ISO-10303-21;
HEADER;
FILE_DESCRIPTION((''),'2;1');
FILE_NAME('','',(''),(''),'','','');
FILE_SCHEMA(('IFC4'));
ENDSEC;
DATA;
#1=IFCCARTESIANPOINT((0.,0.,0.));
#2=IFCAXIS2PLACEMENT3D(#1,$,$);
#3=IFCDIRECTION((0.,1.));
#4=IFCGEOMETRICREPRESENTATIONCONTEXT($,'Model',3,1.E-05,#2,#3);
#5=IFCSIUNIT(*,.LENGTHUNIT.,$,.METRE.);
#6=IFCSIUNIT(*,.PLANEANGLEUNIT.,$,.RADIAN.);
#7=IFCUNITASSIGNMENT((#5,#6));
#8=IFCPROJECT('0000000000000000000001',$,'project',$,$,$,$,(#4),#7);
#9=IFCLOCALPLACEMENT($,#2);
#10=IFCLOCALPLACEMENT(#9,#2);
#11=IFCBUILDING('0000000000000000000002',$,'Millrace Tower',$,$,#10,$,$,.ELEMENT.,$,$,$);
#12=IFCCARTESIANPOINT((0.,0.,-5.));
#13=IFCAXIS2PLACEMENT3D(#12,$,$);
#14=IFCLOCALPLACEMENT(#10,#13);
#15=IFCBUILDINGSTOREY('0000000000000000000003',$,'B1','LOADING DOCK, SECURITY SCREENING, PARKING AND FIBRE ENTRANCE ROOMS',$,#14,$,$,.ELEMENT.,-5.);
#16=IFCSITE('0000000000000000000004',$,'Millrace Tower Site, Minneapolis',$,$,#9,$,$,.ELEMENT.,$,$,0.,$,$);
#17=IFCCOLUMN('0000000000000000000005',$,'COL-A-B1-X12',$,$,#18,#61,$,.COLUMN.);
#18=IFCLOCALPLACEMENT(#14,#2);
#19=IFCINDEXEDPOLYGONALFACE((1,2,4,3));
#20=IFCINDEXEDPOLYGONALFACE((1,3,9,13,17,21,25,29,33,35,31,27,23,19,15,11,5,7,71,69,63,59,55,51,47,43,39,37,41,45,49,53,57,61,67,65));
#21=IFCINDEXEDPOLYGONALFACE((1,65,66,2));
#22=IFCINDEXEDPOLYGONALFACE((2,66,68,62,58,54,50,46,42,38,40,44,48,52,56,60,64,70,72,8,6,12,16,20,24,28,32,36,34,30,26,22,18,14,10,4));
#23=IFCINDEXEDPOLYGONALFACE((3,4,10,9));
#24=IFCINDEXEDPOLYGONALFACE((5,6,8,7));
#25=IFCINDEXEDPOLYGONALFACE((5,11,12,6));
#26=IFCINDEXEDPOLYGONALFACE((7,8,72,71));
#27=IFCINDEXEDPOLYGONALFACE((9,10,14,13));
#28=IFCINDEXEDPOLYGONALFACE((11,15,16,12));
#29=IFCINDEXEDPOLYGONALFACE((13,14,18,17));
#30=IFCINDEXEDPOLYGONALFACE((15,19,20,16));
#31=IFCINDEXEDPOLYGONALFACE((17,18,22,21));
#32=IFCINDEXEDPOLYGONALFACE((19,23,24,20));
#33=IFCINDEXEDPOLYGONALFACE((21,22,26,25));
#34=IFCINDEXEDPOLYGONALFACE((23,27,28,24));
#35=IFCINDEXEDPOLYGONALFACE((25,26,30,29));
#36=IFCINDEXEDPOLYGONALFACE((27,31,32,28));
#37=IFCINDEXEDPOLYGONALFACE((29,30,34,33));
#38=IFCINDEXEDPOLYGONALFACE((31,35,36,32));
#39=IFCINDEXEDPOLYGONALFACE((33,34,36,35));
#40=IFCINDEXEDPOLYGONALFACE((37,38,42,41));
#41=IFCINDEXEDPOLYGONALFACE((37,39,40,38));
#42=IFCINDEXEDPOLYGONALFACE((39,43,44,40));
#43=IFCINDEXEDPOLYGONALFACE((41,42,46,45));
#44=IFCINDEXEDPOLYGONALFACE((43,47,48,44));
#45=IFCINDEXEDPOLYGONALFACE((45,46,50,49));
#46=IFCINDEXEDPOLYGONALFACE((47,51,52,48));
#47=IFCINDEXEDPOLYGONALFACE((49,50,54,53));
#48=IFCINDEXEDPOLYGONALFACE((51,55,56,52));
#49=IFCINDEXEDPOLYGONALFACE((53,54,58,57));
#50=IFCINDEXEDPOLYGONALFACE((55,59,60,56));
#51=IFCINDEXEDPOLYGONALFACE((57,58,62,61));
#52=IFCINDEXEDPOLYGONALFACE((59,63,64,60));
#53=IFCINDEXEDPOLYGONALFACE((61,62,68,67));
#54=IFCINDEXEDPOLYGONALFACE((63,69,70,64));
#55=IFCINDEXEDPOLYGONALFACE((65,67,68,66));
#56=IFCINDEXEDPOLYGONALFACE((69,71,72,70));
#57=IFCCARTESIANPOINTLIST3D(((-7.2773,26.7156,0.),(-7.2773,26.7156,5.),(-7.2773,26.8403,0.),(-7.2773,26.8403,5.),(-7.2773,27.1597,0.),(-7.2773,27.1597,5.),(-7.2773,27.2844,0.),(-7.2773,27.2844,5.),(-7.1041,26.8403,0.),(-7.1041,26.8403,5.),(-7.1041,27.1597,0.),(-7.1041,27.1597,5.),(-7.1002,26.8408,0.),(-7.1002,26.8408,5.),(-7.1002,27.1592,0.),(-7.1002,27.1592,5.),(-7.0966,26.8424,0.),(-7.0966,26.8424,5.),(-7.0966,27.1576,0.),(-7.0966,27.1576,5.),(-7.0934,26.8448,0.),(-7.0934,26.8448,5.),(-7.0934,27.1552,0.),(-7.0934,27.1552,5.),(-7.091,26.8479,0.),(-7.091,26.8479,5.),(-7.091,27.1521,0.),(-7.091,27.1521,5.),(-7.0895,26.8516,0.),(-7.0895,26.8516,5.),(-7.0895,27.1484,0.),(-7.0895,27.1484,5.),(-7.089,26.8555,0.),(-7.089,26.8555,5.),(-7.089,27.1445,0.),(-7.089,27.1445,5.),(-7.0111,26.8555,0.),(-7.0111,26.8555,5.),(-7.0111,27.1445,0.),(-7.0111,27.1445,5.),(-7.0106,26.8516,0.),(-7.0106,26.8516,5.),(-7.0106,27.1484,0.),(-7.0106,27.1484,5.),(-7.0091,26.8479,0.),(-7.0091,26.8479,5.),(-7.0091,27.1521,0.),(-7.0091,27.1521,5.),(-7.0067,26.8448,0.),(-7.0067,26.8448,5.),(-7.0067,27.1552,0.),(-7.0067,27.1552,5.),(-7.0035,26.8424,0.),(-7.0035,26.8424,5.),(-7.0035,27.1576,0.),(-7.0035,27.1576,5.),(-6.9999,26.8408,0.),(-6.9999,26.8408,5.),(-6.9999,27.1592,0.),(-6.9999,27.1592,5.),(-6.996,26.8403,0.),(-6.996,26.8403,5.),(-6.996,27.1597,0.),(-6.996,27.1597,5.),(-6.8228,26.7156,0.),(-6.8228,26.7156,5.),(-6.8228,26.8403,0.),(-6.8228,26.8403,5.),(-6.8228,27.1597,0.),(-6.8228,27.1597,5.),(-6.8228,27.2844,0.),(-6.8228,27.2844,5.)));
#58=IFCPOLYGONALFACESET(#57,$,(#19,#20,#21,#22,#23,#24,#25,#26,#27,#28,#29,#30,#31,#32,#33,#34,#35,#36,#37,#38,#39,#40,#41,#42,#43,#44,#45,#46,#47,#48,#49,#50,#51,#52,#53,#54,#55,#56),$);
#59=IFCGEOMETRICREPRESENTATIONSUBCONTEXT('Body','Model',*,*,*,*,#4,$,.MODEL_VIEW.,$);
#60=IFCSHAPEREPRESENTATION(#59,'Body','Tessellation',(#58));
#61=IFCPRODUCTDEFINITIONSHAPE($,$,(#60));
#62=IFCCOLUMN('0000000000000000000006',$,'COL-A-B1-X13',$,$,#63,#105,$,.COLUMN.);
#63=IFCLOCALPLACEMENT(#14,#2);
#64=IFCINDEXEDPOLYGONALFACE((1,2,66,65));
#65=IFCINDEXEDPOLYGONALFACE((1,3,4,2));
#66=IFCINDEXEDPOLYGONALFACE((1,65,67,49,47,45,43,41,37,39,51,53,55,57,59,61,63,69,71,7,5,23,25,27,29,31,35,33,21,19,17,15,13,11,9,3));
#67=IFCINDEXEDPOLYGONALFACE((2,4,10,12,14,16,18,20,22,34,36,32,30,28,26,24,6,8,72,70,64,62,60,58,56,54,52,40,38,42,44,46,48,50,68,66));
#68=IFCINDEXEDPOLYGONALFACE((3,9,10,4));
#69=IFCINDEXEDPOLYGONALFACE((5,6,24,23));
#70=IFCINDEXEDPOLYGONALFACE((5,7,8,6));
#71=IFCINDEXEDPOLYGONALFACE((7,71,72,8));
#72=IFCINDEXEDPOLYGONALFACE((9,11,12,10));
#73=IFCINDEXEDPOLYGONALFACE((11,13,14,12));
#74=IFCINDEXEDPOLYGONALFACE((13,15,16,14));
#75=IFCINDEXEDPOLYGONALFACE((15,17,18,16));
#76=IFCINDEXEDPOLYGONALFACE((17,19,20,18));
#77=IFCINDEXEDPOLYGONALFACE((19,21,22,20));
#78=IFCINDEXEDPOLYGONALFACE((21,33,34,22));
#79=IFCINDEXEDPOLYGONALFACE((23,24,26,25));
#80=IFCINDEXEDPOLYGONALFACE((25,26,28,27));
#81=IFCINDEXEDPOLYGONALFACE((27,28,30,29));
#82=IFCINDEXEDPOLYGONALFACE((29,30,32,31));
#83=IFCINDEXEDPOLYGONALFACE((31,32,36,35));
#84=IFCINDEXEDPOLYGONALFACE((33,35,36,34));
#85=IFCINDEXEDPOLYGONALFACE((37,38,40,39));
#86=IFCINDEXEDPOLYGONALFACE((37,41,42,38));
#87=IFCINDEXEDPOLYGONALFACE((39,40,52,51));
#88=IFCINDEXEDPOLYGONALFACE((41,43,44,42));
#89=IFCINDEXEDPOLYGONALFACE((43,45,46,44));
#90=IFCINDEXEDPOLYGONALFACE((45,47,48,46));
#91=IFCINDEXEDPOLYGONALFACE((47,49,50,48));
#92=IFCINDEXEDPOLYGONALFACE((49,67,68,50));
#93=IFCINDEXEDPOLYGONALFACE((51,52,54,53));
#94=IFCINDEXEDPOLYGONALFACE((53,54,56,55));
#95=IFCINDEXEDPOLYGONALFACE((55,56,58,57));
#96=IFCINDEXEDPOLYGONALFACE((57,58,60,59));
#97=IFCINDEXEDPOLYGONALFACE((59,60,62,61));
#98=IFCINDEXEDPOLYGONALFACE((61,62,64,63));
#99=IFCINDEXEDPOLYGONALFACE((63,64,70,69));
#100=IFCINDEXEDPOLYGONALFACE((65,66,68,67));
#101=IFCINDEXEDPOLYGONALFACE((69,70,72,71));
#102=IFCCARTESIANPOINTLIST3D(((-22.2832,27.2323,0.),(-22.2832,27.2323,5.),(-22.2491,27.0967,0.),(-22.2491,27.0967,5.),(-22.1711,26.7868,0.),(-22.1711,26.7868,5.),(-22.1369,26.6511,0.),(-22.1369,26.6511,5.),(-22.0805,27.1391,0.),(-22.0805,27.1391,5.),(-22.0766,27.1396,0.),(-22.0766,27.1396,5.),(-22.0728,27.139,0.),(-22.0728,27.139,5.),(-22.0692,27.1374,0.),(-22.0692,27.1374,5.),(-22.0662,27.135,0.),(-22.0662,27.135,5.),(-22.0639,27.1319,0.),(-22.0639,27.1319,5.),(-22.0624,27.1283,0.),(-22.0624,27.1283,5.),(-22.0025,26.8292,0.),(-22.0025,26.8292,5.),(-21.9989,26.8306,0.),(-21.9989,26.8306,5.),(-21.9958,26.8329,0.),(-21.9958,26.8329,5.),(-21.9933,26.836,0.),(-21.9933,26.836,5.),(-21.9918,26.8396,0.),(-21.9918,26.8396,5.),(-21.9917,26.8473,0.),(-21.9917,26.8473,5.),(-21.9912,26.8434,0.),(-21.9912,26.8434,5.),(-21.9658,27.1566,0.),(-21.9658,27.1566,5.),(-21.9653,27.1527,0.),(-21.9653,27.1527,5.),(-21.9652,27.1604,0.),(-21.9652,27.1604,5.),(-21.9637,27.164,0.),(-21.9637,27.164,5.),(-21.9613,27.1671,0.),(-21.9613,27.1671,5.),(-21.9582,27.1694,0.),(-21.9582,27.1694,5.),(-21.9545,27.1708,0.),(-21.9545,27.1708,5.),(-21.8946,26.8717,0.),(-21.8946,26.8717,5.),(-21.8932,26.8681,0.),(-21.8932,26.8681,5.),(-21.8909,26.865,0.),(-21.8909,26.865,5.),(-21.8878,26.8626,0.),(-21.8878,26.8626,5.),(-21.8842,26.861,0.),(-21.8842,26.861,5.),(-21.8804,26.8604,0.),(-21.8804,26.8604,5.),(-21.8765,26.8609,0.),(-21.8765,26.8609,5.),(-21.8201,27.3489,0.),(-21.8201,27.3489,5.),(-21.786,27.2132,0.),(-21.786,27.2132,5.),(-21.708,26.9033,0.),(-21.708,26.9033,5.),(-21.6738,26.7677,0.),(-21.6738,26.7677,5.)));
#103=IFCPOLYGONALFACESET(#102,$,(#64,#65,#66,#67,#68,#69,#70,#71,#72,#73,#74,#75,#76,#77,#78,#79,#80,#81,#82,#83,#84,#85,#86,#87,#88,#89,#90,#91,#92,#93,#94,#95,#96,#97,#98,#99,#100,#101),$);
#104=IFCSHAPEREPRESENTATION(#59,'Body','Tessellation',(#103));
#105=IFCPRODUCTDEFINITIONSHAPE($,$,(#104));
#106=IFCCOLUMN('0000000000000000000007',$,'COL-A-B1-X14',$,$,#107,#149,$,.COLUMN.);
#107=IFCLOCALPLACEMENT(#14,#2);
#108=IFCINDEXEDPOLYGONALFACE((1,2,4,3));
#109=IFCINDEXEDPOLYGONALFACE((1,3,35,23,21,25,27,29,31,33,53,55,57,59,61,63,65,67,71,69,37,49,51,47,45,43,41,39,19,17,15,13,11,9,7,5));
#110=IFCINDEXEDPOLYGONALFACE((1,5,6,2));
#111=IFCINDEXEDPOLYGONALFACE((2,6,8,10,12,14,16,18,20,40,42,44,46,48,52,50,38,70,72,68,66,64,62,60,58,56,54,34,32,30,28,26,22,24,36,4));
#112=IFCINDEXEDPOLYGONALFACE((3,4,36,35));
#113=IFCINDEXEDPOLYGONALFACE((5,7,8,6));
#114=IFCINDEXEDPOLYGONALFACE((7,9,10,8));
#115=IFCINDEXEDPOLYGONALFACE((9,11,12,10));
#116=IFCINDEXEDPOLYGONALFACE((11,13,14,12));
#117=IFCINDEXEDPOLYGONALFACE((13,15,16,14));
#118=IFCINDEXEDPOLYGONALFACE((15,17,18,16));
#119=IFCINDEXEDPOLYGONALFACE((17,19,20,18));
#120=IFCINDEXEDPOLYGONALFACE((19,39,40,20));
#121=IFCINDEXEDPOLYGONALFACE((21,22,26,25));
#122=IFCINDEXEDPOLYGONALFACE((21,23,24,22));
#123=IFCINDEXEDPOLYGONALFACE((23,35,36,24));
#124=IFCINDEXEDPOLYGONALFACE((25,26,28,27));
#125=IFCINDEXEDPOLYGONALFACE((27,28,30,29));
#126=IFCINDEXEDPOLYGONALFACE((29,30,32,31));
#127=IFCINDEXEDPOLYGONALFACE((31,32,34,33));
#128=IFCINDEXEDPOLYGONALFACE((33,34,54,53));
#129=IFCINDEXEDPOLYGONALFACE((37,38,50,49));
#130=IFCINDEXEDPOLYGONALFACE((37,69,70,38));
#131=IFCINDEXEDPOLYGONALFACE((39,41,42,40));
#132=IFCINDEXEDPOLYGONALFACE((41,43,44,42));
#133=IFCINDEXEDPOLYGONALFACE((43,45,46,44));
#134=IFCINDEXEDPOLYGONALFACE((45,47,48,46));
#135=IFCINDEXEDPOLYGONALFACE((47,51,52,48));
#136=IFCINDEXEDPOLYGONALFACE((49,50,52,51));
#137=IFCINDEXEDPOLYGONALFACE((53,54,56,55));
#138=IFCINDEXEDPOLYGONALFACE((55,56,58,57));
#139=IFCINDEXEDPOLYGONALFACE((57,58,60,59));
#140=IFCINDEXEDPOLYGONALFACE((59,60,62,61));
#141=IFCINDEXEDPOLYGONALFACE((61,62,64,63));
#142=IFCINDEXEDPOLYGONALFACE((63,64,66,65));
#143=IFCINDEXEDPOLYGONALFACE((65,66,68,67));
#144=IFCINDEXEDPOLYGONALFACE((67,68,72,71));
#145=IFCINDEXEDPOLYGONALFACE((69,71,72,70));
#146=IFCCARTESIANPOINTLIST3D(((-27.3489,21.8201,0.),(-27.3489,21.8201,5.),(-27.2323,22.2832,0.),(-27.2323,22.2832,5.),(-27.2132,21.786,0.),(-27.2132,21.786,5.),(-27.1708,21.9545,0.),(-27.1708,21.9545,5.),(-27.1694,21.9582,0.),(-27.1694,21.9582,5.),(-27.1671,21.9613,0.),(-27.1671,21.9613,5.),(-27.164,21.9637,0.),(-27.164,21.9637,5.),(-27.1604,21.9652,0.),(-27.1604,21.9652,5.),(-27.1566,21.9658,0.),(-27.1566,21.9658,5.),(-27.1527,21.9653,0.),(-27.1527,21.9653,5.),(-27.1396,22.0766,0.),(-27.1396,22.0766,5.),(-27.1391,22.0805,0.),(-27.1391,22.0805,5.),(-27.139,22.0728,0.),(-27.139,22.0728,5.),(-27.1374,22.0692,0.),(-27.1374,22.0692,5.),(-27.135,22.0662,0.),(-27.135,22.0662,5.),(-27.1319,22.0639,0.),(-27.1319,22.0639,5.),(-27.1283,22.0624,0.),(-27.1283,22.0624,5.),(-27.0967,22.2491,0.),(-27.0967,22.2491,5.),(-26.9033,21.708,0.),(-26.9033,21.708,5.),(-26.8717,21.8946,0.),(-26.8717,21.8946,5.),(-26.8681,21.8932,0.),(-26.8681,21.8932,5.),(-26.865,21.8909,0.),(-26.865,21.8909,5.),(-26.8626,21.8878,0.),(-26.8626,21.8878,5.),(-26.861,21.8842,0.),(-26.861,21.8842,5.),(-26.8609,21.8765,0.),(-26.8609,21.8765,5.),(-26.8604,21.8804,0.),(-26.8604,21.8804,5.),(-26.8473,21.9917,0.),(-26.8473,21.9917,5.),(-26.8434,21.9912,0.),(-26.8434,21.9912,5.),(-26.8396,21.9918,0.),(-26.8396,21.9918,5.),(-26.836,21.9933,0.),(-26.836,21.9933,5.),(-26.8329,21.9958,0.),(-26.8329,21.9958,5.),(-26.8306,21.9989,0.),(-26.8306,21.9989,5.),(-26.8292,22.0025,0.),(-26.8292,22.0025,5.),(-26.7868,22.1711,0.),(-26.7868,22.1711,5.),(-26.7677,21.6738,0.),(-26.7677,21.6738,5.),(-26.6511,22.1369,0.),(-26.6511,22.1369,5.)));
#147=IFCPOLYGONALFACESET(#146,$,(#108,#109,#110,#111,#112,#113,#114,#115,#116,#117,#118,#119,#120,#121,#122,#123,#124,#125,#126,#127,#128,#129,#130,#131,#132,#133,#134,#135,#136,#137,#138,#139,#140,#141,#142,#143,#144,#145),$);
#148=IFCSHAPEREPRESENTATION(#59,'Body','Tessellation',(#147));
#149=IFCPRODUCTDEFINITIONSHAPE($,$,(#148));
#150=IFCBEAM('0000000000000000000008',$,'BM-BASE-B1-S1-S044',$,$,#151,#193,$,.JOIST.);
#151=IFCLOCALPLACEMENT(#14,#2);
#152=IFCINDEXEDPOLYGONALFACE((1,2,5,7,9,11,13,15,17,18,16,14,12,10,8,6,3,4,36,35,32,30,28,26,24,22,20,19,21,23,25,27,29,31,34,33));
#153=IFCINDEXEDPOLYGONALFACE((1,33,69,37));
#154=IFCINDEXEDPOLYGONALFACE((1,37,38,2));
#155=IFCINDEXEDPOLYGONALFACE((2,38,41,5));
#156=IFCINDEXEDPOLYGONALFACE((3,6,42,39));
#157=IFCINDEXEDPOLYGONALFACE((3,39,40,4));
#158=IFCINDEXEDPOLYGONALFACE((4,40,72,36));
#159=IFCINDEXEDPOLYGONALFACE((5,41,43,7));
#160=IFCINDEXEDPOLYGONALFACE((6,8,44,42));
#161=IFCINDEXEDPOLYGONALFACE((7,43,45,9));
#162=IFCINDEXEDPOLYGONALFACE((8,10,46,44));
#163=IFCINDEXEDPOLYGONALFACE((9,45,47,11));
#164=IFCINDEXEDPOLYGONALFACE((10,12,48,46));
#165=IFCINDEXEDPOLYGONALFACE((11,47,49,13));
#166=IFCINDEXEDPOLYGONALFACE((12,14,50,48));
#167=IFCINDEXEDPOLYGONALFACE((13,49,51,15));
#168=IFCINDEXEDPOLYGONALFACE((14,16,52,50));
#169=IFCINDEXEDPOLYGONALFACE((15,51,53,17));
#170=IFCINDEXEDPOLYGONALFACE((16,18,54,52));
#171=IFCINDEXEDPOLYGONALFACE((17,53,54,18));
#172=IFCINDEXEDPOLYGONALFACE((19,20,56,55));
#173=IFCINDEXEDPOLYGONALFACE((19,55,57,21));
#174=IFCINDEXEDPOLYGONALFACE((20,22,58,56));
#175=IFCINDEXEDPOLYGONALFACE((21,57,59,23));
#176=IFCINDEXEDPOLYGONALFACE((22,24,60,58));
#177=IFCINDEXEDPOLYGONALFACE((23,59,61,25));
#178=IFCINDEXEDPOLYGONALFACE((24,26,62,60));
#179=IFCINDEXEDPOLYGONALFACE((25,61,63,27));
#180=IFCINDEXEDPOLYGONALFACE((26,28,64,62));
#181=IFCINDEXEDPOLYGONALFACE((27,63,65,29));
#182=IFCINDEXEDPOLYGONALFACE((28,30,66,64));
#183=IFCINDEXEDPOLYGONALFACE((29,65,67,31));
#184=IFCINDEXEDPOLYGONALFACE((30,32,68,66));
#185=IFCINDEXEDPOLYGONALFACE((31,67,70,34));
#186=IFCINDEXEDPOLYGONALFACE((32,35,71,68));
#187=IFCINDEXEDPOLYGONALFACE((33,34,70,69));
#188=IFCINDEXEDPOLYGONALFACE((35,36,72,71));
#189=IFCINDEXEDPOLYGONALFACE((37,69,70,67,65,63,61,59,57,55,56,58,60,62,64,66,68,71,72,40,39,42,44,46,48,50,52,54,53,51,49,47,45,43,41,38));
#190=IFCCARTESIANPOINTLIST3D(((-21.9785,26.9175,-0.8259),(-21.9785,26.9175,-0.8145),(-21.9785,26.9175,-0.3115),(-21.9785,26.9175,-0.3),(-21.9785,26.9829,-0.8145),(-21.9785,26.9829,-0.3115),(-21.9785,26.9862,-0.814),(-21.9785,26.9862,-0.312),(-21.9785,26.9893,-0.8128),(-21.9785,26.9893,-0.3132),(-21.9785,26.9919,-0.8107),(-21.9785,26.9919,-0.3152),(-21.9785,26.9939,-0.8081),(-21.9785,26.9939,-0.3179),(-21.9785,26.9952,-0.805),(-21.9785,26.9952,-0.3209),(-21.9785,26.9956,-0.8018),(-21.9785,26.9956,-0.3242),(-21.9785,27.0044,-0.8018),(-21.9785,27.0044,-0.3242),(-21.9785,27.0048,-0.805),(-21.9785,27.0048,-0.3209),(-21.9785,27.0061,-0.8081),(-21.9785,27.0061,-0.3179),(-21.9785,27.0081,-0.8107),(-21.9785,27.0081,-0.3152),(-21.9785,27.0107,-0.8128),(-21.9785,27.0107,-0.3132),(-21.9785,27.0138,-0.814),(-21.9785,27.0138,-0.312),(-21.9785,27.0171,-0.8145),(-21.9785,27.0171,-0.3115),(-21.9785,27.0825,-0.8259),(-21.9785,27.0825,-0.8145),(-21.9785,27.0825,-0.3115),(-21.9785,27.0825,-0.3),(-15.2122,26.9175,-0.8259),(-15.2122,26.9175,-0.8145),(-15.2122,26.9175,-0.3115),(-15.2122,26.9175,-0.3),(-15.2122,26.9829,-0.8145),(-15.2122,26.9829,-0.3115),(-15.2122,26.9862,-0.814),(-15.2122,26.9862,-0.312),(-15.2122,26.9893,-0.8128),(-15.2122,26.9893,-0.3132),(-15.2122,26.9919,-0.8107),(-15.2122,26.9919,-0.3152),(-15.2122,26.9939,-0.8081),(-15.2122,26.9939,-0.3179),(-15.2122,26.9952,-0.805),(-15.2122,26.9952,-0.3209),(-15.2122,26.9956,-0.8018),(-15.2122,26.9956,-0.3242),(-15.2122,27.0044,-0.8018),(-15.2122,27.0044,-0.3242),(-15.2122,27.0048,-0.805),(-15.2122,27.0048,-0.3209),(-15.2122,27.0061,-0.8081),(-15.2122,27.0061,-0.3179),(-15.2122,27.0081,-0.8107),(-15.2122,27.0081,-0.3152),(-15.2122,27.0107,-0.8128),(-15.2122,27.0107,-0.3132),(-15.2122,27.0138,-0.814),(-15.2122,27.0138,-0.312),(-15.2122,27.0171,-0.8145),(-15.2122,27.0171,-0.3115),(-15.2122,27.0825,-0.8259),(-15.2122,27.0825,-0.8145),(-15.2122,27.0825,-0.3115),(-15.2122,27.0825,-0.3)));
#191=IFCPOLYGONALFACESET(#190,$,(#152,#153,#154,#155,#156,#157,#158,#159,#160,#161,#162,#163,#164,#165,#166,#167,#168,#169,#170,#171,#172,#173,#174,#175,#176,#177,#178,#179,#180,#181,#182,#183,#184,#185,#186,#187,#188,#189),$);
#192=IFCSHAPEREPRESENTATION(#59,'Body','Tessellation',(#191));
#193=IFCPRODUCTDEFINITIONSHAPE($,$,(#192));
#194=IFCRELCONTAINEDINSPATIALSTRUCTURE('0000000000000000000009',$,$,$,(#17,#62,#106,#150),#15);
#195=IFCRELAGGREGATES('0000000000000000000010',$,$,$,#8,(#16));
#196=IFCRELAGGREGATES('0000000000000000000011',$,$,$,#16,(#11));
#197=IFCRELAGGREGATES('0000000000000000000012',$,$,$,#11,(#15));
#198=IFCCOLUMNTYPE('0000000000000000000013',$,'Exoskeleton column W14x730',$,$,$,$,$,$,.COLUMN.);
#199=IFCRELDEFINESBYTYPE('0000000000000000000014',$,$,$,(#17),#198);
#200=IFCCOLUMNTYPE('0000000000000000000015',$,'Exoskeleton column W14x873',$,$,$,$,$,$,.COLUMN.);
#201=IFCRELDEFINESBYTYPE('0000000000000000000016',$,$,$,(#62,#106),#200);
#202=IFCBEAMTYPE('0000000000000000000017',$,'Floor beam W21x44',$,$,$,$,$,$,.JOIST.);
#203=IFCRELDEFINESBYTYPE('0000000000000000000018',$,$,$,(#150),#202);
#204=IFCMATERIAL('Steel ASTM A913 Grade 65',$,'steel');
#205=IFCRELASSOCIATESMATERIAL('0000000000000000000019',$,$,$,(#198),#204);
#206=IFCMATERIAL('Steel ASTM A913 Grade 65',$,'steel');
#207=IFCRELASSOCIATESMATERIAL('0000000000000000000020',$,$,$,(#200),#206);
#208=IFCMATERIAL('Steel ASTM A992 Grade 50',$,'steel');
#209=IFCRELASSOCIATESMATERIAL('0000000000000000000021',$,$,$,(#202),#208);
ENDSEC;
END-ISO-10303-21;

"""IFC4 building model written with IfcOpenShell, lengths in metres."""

from ifc_helpers import new_model, si_unit, direction, frame, origin, origin_2d, place, context, subcontext, project, spatial, i_section, extrude, material, material_profile, profile_set, type_object, element, save


model = new_model("IFC4")

# Units and contexts
model_context = context("Model", 3, precision=1e-05, world=origin(), true_north=direction((0.0, 1.0)))
body_context = subcontext(model_context, "Body", "Model", "MODEL_VIEW")
ifc_project = project(units=[si_unit("LENGTHUNIT", "METRE"), si_unit("PLANEANGLEUNIT", "RADIAN")], contexts=[model_context])

# Site, building, storey
site_placement = place(None, origin())
site = spatial("IfcSite", under=ifc_project, at=site_placement, Name="Millrace Tower Site, Minneapolis", CompositionType="ELEMENT", RefElevation=0.0)
building_placement = place(site_placement, origin())
building = spatial("IfcBuilding", under=site, at=building_placement, Name="Millrace Tower", CompositionType="ELEMENT")
storey_placement = place(building_placement, frame((0.0, 0.0, -5.0)))
storey = spatial("IfcBuildingStorey", under=building, at=storey_placement, Name="B1", Description="LOADING DOCK, SECURITY SCREENING, PARKING AND FIBRE ENTRANCE ROOMS", CompositionType="ELEMENT", Elevation=-5.0)

# Columns
ifc_material_1 = material(Name="Steel ASTM A913 Grade 65", Category="steel")
ifc_material_profile_1 = material_profile(ifc_material_1, i_section(OverallWidth=0.4546, OverallDepth=0.5688, WebThickness=0.0779, FlangeThickness=0.1248, FilletRadius=0.0151, at=origin_2d()))
ifc_profile_set_1 = profile_set([ifc_material_profile_1], Name="Steel ASTM A913 Grade 65")
column_type_1 = type_object("IfcColumnType", Name="Exoskeleton column W14x730", PredefinedType="COLUMN", material=ifc_profile_set_1)
placement = place(storey_placement, frame((-7.05, 27.0, 0.0), z_axis=(0.0, 0.0, 1.0), x_axis=(-1.0, 0.0, 0.0)))
element("IfcColumn", 1, at=placement, inside=storey, type_object=column_type_1, Name="COL-A-B1-X12", PredefinedType="COLUMN", context=body_context, shape_type="SweptSolid", body=[
    extrude(i_section(OverallWidth=0.4546, OverallDepth=0.5688, WebThickness=0.0779, FlangeThickness=0.1248, FilletRadius=0.0151, at=origin_2d()), origin(), (0.0, 0.0, 1.0), 5.0),
])
ifc_material_2 = material(Name="Steel ASTM A913 Grade 65", Category="steel")
ifc_material_profile_2 = material_profile(ifc_material_2, i_section(OverallWidth=0.4775, OverallDepth=0.5994, WebThickness=0.1001, FlangeThickness=0.1399, FilletRadius=0.0149, at=origin_2d()))
ifc_profile_set_2 = profile_set([ifc_material_profile_2], Name="Steel ASTM A913 Grade 65")
column_type_2 = type_object("IfcColumnType", Name="Exoskeleton column W14x873", PredefinedType="COLUMN", material=ifc_profile_set_2)
for number, where, z_axis, x_axis, name in (
    (2, (-21.9785, 27.0, 0.0), (0.0, 0.0, 1.0), (-0.969752, -0.244094, 0.0), "COL-A-B1-X13"),
    (3, (-27.0, 21.9785, 0.0), (0.0, 0.0, 1.0), (-0.244094, -0.969752, 0.0), "COL-A-B1-X14"),
):
    element("IfcColumn", number, at=place(storey_placement, frame(where, z_axis=z_axis, x_axis=x_axis)), inside=storey, type_object=column_type_2, Name=name, PredefinedType="COLUMN", context=body_context, shape_type="SweptSolid", body=[
        extrude(i_section(OverallWidth=0.4775, OverallDepth=0.5994, WebThickness=0.1001, FlangeThickness=0.1399, FilletRadius=0.0149, at=origin_2d()), origin(), (0.0, 0.0, 1.0), 5.0),
    ])

# Beam
ifc_material_3 = material(Name="Steel ASTM A992 Grade 50", Category="steel")
ifc_material_profile_3 = material_profile(ifc_material_3, i_section(OverallWidth=0.165, OverallDepth=0.5259, WebThickness=0.0088, FlangeThickness=0.0115, FilletRadius=0.0127, at=origin_2d()))
ifc_profile_set_3 = profile_set([ifc_material_profile_3], Name="Steel ASTM A992 Grade 50")
beam_type_1 = type_object("IfcBeamType", Name="Floor beam W21x44", PredefinedType="JOIST", material=ifc_profile_set_3)
beam_1_placement = place(storey_placement, frame((-21.9785, 27.0, -0.563), z_axis=(1.0, 0.0, 0.0), x_axis=(0.0, 1.0, 0.0)))
element("IfcBeam", 4, at=beam_1_placement, inside=storey, type_object=beam_type_1, Name="BM-BASE-B1-S1-S044", PredefinedType="JOIST", context=body_context, shape_type="SweptSolid", body=[
    extrude(i_section(OverallWidth=0.165, OverallDepth=0.5259, WebThickness=0.0088, FlangeThickness=0.0115, FilletRadius=0.0127, at=origin_2d()), origin(), (0.0, 0.0, 1.0), 6.7664),
])

save(model, "model.ifc")
